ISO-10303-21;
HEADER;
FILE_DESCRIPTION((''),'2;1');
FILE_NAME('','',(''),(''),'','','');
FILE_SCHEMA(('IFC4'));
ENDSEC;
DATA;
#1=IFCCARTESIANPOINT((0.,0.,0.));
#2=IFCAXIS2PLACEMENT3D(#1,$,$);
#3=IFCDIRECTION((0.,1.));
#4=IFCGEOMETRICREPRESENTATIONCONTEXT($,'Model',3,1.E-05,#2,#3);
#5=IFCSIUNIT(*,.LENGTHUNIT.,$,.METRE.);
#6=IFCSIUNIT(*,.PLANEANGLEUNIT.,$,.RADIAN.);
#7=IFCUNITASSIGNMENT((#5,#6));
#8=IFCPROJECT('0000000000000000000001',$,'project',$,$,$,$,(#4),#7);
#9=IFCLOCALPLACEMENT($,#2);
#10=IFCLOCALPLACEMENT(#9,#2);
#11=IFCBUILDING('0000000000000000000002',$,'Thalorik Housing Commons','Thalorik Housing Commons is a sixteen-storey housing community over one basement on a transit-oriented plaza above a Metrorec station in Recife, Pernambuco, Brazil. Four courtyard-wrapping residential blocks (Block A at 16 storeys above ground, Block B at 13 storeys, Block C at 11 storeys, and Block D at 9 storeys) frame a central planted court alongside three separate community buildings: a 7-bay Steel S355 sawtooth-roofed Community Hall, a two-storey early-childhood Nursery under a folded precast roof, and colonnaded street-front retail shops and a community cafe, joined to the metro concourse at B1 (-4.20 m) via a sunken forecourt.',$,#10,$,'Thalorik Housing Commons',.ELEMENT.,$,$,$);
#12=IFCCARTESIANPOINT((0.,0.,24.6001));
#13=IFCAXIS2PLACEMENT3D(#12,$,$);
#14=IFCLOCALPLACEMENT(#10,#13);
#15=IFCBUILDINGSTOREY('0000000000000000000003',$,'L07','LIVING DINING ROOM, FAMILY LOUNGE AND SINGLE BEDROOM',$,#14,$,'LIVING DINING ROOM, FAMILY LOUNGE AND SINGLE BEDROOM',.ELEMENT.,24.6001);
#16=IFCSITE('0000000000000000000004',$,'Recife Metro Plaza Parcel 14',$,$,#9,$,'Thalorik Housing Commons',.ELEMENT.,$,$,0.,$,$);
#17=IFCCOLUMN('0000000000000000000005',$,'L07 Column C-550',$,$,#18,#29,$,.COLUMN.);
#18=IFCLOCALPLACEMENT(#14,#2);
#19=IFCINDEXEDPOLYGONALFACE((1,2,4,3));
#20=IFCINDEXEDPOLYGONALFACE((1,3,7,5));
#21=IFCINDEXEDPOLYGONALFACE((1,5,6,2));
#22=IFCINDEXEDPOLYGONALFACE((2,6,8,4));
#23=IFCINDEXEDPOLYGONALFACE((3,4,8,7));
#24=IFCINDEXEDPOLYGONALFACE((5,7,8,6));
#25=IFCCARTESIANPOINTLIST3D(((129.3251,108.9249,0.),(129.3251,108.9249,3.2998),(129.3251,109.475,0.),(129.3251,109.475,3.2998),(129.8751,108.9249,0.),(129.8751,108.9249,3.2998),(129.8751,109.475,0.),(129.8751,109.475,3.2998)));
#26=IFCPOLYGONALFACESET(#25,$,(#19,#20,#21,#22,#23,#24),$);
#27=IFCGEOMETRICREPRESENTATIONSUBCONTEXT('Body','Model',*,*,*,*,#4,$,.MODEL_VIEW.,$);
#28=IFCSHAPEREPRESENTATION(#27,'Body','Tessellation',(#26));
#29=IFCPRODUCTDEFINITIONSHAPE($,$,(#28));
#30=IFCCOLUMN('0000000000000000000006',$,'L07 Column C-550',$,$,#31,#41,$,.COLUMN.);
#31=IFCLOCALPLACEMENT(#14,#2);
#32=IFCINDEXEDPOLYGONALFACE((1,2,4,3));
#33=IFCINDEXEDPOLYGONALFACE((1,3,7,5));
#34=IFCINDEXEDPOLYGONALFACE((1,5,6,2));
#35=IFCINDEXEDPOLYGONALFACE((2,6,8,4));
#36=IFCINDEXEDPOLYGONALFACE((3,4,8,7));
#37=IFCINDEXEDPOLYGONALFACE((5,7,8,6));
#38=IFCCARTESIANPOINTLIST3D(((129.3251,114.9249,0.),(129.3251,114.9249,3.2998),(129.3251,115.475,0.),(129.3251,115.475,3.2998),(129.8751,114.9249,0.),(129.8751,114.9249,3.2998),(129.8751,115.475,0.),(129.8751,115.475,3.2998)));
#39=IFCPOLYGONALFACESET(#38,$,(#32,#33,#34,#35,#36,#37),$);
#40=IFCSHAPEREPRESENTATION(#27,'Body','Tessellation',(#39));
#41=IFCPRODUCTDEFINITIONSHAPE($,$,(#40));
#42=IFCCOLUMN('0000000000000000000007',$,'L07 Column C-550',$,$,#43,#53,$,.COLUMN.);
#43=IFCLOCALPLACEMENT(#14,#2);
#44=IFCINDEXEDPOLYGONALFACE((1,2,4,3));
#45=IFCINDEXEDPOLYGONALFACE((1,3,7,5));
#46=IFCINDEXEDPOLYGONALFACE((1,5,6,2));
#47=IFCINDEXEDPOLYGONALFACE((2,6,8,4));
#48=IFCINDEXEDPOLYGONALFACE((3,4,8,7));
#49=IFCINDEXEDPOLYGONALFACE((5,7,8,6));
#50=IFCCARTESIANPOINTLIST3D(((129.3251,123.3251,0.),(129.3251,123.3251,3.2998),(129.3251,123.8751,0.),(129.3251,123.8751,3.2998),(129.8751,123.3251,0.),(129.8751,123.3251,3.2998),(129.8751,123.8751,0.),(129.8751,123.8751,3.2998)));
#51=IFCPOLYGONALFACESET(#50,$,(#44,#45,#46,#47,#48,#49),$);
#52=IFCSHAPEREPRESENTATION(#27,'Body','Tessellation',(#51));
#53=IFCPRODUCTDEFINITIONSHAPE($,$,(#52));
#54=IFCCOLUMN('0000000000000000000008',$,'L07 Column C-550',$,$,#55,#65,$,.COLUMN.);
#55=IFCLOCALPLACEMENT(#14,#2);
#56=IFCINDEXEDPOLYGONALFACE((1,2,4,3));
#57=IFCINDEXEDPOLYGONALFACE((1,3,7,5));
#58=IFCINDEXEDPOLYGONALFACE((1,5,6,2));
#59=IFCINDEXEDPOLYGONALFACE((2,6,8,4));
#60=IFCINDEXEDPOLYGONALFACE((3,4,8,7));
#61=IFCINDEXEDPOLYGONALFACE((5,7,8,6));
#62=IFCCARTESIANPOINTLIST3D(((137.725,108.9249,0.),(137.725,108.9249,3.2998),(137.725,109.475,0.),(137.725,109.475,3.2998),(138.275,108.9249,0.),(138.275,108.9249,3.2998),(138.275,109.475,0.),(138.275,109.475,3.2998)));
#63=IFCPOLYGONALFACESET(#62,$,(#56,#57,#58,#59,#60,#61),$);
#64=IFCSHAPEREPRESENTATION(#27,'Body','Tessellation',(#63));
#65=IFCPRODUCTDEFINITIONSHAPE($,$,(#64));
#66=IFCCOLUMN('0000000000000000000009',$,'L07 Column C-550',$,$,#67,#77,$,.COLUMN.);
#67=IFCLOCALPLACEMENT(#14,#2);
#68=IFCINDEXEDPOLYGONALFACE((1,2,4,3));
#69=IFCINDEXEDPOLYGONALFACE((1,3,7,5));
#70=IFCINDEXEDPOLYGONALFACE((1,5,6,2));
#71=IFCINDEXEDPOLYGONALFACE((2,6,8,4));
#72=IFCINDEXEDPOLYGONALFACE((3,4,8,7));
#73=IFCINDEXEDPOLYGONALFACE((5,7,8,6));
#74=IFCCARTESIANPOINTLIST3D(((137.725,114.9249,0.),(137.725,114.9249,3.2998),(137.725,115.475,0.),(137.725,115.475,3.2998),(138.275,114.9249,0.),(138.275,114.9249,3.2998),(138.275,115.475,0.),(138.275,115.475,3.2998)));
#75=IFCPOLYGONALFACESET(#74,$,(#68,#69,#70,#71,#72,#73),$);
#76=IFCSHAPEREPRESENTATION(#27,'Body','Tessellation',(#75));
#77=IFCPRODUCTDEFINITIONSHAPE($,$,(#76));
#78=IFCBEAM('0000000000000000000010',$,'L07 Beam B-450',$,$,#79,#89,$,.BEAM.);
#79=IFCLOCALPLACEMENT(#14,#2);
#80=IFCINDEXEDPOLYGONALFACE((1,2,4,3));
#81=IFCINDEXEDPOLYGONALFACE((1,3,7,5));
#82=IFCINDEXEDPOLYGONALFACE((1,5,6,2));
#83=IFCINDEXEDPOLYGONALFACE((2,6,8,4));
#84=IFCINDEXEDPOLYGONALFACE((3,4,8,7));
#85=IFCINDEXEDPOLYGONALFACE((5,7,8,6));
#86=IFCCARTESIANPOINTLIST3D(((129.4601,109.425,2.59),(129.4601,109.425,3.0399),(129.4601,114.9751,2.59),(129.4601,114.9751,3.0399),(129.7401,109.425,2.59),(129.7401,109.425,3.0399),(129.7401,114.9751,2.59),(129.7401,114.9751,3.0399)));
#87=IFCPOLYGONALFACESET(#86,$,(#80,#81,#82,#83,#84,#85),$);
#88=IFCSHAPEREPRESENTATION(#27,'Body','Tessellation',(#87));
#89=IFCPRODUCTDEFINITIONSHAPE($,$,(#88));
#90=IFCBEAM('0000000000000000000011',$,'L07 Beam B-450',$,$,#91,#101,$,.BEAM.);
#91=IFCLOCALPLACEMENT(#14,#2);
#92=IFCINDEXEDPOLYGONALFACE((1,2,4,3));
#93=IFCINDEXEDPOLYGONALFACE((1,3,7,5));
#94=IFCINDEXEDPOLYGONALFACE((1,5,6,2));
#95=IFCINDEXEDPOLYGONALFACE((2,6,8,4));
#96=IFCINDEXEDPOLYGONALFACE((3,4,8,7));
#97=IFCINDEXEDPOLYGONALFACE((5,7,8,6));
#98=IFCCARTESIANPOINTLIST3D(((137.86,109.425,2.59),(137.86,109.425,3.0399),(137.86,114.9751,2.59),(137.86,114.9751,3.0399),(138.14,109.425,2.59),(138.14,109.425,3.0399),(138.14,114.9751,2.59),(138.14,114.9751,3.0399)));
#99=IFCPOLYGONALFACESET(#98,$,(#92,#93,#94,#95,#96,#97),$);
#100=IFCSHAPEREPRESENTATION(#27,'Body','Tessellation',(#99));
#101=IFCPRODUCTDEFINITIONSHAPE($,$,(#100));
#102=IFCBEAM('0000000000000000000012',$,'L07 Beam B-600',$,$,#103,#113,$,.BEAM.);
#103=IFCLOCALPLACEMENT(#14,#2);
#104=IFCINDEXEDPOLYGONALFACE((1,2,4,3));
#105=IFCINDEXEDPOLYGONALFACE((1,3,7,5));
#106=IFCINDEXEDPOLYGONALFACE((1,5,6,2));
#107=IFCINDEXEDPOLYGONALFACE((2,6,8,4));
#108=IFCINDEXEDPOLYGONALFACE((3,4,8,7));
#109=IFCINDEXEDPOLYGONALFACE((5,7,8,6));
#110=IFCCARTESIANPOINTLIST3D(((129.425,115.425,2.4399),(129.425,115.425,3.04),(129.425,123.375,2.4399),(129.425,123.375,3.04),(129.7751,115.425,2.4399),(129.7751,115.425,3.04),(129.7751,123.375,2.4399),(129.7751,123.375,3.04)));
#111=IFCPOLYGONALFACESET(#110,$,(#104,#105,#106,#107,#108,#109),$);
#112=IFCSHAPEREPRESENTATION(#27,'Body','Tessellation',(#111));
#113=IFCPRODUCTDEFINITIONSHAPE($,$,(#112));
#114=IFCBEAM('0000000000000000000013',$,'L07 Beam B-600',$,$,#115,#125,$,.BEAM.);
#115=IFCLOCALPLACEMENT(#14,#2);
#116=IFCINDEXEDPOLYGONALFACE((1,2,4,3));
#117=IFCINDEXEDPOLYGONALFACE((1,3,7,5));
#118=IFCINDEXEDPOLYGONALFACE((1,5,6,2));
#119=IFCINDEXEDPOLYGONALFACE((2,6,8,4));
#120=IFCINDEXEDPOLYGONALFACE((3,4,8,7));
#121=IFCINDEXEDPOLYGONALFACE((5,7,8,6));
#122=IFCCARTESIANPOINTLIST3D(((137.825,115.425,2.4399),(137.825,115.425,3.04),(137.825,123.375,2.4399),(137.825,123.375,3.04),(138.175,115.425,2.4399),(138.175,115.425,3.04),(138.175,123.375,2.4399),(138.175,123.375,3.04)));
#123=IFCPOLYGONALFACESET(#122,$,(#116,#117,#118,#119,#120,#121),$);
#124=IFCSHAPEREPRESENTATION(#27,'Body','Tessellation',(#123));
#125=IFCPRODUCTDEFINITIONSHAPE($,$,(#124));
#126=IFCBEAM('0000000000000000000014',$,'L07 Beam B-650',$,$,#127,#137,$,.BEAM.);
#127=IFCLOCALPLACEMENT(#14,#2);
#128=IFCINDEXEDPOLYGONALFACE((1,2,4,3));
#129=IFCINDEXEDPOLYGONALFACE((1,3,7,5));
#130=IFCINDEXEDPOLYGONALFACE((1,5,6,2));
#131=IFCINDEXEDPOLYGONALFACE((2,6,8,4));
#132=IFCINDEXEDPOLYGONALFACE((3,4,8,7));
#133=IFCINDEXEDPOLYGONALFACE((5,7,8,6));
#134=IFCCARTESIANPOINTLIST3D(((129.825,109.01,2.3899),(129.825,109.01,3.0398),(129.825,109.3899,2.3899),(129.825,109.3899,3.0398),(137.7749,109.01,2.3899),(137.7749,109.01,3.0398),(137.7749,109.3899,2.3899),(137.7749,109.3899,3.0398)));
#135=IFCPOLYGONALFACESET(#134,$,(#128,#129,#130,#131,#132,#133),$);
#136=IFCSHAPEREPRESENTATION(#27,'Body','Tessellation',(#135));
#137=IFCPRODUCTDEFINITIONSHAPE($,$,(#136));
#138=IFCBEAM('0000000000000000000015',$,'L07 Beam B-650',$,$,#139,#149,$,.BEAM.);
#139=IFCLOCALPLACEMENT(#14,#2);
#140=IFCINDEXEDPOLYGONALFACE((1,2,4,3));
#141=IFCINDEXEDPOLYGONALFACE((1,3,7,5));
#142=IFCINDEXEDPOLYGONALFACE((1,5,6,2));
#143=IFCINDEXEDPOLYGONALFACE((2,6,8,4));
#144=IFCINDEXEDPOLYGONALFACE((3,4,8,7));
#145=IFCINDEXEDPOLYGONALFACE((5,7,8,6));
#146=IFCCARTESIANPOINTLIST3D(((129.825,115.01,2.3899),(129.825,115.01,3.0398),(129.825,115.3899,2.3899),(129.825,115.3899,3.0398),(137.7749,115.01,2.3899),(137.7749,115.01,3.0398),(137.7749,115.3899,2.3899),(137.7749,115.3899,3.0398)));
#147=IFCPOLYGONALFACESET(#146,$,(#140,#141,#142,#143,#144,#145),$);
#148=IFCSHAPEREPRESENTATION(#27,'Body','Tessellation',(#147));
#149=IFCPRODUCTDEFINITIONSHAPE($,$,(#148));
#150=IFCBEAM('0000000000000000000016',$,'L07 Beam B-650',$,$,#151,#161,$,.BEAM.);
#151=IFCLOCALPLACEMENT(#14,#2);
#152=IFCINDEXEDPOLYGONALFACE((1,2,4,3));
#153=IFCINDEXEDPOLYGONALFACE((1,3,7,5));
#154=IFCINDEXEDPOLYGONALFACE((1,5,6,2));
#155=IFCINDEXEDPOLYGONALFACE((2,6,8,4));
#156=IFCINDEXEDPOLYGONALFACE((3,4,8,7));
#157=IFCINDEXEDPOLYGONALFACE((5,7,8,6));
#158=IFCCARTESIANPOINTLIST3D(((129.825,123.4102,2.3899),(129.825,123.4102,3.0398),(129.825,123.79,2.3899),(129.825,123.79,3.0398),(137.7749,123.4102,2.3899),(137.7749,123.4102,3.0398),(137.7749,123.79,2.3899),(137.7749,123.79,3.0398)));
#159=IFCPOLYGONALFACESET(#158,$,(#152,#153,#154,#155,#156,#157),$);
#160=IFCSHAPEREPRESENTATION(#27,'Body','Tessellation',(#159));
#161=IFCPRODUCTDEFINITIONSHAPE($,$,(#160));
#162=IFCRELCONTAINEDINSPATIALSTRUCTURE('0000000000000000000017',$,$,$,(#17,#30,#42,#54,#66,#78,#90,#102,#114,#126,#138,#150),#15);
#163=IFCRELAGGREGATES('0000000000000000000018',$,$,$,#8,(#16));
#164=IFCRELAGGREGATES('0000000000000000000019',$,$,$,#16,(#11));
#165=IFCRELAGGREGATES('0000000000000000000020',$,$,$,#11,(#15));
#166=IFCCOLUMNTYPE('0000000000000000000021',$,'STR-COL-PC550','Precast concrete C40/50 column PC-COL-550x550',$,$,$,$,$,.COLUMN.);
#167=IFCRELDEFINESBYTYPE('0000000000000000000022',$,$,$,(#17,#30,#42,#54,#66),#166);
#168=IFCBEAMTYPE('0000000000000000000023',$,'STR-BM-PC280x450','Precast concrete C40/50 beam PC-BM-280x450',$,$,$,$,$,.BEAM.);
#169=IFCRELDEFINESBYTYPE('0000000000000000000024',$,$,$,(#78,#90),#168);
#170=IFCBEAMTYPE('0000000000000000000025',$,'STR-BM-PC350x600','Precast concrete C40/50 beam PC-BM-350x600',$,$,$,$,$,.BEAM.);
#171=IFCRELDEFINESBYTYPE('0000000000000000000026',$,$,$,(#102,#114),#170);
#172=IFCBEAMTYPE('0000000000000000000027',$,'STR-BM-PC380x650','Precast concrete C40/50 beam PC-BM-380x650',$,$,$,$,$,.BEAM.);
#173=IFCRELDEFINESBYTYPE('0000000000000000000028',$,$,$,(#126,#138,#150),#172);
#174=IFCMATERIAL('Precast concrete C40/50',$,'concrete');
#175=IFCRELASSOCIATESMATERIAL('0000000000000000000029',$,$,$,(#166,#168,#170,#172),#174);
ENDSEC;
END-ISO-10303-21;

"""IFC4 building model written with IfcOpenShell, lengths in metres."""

from ifc_helpers import new_model, si_unit, direction, frame, origin, origin_2d, place, context, subcontext, project, spatial, rectangle, extrude, material, material_profile, profile_set, type_object, element, save


model = new_model("IFC4")

# Units and contexts
model_context = context("Model", 3, precision=1e-05, world=origin(), true_north=direction((0.0, 1.0)))
body_context = subcontext(model_context, "Body", "Model", "MODEL_VIEW")
ifc_project = project(units=[si_unit("LENGTHUNIT", "METRE"), si_unit("PLANEANGLEUNIT", "RADIAN")], contexts=[model_context])

# Site, building, storey
site_placement = place(None, origin())
site = spatial("IfcSite", under=ifc_project, at=site_placement, Name="Recife Metro Plaza Parcel 14", LongName="Thalorik Housing Commons", CompositionType="ELEMENT", RefElevation=0.0)
building_placement = place(site_placement, origin())
building = spatial("IfcBuilding", under=site, at=building_placement, Name="Thalorik Housing Commons", Description="Thalorik Housing Commons is a sixteen-storey housing community over one basement on a transit-oriented plaza above a Metrorec station in Recife, Pernambuco, Brazil. Four courtyard-wrapping residential blocks (Block A at 16 storeys above ground, Block B at 13 storeys, Block C at 11 storeys, and Block D at 9 storeys) frame a central planted court alongside three separate community buildings: a 7-bay Steel S355 sawtooth-roofed Community Hall, a two-storey early-childhood Nursery under a folded precast roof, and colonnaded street-front retail shops and a community cafe, joined to the metro concourse at B1 (-4.20 m) via a sunken forecourt.", LongName="Thalorik Housing Commons", CompositionType="ELEMENT")
storey_placement = place(building_placement, frame((0.0, 0.0, 24.6001)))
storey = spatial("IfcBuildingStorey", under=building, at=storey_placement, Name="L07", Description="LIVING DINING ROOM, FAMILY LOUNGE AND SINGLE BEDROOM", LongName="LIVING DINING ROOM, FAMILY LOUNGE AND SINGLE BEDROOM", CompositionType="ELEMENT", Elevation=24.6001)

# Columns
ifc_material_1 = material(Name="Precast concrete C40/50", Category="concrete")
ifc_material_profile_1 = material_profile(ifc_material_1, rectangle(XDim=0.55, YDim=0.55, at=origin_2d()), Name="PC 550x550", Category="concrete")
ifc_profile_set_1 = profile_set([ifc_material_profile_1], Name="Precast concrete C40/50")
column_type = type_object("IfcColumnType", Name="STR-COL-PC550", Description="Precast concrete C40/50 column PC-COL-550x550", PredefinedType="COLUMN", material=ifc_profile_set_1)
for number, where, z_axis, x_axis, name in (
    (1, (129.6001, 109.2, 0.0), (0.0, 0.0, 1.0), (1.0, 0.0, 0.0), "L07 Column C-550"),
    (2, (129.6001, 115.2, 0.0), (0.0, 0.0, 1.0), (1.0, 0.0, 0.0), "L07 Column C-550"),
    (3, (129.6001, 123.6001, 0.0), (0.0, 0.0, 1.0), (1.0, 0.0, 0.0), "L07 Column C-550"),
    (4, (138.0, 109.2, 0.0), (0.0, 0.0, 1.0), (1.0, 0.0, 0.0), "L07 Column C-550"),
    (5, (138.0, 115.2, 0.0), (0.0, 0.0, 1.0), (1.0, 0.0, 0.0), "L07 Column C-550"),
):
    element("IfcColumn", number, at=place(storey_placement, frame(where, z_axis=z_axis, x_axis=x_axis)), inside=storey, type_object=column_type, Name=name, PredefinedType="COLUMN", context=body_context, shape_type="SweptSolid", body=[
        extrude(rectangle(XDim=0.55, YDim=0.55, at=origin_2d()), origin(), (0.0, 0.0, 1.0), 3.2998),
    ])

# Beams
ifc_material_profile_2 = material_profile(ifc_material_1, rectangle(XDim=0.28, YDim=0.45, at=origin_2d()), Name="PC 280x450", Category="concrete")
ifc_profile_set_2 = profile_set([ifc_material_profile_2], Name="Precast concrete C40/50")
beam_type_1 = type_object("IfcBeamType", Name="STR-BM-PC280x450", Description="Precast concrete C40/50 beam PC-BM-280x450", PredefinedType="BEAM", material=ifc_profile_set_2)
for number, where, z_axis, x_axis, name in (
    (6, (129.6001, 109.425, 2.8149), (0.0, 1.0, 0.0), (-1.0, 0.0, 0.0), "L07 Beam B-450"),
    (7, (138.0, 109.425, 2.8149), (0.0, 1.0, 0.0), (-1.0, 0.0, 0.0), "L07 Beam B-450"),
):
    element("IfcBeam", number, at=place(storey_placement, frame(where, z_axis=z_axis, x_axis=x_axis)), inside=storey, type_object=beam_type_1, Name=name, PredefinedType="BEAM", context=body_context, shape_type="SweptSolid", body=[
        extrude(rectangle(XDim=0.28, YDim=0.45, at=origin_2d()), origin(), (0.0, 0.0, 1.0), 5.55),
    ])
ifc_material_profile_3 = material_profile(ifc_material_1, rectangle(XDim=0.3501, YDim=0.6001, at=origin_2d()), Name="PC 350x600", Category="concrete")
ifc_profile_set_3 = profile_set([ifc_material_profile_3], Name="Precast concrete C40/50")
beam_type_2 = type_object("IfcBeamType", Name="STR-BM-PC350x600", Description="Precast concrete C40/50 beam PC-BM-350x600", PredefinedType="BEAM", material=ifc_profile_set_3)
for number, where, z_axis, x_axis, name in (
    (8, (129.6001, 115.425, 2.74), (0.0, 1.0, 0.0), (-1.0, 0.0, 0.0), "L07 Beam B-600"),
    (9, (138.0, 115.425, 2.74), (0.0, 1.0, 0.0), (-1.0, 0.0, 0.0), "L07 Beam B-600"),
):
    element("IfcBeam", number, at=place(storey_placement, frame(where, z_axis=z_axis, x_axis=x_axis)), inside=storey, type_object=beam_type_2, Name=name, PredefinedType="BEAM", context=body_context, shape_type="SweptSolid", body=[
        extrude(rectangle(XDim=0.3501, YDim=0.6001, at=origin_2d()), origin(), (0.0, 0.0, 1.0), 7.95),
    ])
ifc_material_profile_4 = material_profile(ifc_material_1, rectangle(XDim=0.3799, YDim=0.6499, at=origin_2d()), Name="PC 380x650", Category="concrete")
ifc_profile_set_4 = profile_set([ifc_material_profile_4], Name="Precast concrete C40/50")
beam_type_3 = type_object("IfcBeamType", Name="STR-BM-PC380x650", Description="Precast concrete C40/50 beam PC-BM-380x650", PredefinedType="BEAM", material=ifc_profile_set_4)
for number, where, z_axis, x_axis, name in (
    (10, (129.825, 109.2, 2.7148), (1.0, 0.0, 0.0), (0.0, 1.0, 0.0), "L07 Beam B-650"),
    (11, (129.825, 115.2, 2.7148), (1.0, 0.0, 0.0), (0.0, 1.0, 0.0), "L07 Beam B-650"),
    (12, (129.825, 123.6001, 2.7148), (1.0, 0.0, 0.0), (0.0, 1.0, 0.0), "L07 Beam B-650"),
):
    element("IfcBeam", number, at=place(storey_placement, frame(where, z_axis=z_axis, x_axis=x_axis)), inside=storey, type_object=beam_type_3, Name=name, PredefinedType="BEAM", context=body_context, shape_type="SweptSolid", body=[
        extrude(rectangle(XDim=0.3799, YDim=0.6499, at=origin_2d()), origin(), (0.0, 0.0, 1.0), 7.95),
    ])

save(model, "model.ifc")
